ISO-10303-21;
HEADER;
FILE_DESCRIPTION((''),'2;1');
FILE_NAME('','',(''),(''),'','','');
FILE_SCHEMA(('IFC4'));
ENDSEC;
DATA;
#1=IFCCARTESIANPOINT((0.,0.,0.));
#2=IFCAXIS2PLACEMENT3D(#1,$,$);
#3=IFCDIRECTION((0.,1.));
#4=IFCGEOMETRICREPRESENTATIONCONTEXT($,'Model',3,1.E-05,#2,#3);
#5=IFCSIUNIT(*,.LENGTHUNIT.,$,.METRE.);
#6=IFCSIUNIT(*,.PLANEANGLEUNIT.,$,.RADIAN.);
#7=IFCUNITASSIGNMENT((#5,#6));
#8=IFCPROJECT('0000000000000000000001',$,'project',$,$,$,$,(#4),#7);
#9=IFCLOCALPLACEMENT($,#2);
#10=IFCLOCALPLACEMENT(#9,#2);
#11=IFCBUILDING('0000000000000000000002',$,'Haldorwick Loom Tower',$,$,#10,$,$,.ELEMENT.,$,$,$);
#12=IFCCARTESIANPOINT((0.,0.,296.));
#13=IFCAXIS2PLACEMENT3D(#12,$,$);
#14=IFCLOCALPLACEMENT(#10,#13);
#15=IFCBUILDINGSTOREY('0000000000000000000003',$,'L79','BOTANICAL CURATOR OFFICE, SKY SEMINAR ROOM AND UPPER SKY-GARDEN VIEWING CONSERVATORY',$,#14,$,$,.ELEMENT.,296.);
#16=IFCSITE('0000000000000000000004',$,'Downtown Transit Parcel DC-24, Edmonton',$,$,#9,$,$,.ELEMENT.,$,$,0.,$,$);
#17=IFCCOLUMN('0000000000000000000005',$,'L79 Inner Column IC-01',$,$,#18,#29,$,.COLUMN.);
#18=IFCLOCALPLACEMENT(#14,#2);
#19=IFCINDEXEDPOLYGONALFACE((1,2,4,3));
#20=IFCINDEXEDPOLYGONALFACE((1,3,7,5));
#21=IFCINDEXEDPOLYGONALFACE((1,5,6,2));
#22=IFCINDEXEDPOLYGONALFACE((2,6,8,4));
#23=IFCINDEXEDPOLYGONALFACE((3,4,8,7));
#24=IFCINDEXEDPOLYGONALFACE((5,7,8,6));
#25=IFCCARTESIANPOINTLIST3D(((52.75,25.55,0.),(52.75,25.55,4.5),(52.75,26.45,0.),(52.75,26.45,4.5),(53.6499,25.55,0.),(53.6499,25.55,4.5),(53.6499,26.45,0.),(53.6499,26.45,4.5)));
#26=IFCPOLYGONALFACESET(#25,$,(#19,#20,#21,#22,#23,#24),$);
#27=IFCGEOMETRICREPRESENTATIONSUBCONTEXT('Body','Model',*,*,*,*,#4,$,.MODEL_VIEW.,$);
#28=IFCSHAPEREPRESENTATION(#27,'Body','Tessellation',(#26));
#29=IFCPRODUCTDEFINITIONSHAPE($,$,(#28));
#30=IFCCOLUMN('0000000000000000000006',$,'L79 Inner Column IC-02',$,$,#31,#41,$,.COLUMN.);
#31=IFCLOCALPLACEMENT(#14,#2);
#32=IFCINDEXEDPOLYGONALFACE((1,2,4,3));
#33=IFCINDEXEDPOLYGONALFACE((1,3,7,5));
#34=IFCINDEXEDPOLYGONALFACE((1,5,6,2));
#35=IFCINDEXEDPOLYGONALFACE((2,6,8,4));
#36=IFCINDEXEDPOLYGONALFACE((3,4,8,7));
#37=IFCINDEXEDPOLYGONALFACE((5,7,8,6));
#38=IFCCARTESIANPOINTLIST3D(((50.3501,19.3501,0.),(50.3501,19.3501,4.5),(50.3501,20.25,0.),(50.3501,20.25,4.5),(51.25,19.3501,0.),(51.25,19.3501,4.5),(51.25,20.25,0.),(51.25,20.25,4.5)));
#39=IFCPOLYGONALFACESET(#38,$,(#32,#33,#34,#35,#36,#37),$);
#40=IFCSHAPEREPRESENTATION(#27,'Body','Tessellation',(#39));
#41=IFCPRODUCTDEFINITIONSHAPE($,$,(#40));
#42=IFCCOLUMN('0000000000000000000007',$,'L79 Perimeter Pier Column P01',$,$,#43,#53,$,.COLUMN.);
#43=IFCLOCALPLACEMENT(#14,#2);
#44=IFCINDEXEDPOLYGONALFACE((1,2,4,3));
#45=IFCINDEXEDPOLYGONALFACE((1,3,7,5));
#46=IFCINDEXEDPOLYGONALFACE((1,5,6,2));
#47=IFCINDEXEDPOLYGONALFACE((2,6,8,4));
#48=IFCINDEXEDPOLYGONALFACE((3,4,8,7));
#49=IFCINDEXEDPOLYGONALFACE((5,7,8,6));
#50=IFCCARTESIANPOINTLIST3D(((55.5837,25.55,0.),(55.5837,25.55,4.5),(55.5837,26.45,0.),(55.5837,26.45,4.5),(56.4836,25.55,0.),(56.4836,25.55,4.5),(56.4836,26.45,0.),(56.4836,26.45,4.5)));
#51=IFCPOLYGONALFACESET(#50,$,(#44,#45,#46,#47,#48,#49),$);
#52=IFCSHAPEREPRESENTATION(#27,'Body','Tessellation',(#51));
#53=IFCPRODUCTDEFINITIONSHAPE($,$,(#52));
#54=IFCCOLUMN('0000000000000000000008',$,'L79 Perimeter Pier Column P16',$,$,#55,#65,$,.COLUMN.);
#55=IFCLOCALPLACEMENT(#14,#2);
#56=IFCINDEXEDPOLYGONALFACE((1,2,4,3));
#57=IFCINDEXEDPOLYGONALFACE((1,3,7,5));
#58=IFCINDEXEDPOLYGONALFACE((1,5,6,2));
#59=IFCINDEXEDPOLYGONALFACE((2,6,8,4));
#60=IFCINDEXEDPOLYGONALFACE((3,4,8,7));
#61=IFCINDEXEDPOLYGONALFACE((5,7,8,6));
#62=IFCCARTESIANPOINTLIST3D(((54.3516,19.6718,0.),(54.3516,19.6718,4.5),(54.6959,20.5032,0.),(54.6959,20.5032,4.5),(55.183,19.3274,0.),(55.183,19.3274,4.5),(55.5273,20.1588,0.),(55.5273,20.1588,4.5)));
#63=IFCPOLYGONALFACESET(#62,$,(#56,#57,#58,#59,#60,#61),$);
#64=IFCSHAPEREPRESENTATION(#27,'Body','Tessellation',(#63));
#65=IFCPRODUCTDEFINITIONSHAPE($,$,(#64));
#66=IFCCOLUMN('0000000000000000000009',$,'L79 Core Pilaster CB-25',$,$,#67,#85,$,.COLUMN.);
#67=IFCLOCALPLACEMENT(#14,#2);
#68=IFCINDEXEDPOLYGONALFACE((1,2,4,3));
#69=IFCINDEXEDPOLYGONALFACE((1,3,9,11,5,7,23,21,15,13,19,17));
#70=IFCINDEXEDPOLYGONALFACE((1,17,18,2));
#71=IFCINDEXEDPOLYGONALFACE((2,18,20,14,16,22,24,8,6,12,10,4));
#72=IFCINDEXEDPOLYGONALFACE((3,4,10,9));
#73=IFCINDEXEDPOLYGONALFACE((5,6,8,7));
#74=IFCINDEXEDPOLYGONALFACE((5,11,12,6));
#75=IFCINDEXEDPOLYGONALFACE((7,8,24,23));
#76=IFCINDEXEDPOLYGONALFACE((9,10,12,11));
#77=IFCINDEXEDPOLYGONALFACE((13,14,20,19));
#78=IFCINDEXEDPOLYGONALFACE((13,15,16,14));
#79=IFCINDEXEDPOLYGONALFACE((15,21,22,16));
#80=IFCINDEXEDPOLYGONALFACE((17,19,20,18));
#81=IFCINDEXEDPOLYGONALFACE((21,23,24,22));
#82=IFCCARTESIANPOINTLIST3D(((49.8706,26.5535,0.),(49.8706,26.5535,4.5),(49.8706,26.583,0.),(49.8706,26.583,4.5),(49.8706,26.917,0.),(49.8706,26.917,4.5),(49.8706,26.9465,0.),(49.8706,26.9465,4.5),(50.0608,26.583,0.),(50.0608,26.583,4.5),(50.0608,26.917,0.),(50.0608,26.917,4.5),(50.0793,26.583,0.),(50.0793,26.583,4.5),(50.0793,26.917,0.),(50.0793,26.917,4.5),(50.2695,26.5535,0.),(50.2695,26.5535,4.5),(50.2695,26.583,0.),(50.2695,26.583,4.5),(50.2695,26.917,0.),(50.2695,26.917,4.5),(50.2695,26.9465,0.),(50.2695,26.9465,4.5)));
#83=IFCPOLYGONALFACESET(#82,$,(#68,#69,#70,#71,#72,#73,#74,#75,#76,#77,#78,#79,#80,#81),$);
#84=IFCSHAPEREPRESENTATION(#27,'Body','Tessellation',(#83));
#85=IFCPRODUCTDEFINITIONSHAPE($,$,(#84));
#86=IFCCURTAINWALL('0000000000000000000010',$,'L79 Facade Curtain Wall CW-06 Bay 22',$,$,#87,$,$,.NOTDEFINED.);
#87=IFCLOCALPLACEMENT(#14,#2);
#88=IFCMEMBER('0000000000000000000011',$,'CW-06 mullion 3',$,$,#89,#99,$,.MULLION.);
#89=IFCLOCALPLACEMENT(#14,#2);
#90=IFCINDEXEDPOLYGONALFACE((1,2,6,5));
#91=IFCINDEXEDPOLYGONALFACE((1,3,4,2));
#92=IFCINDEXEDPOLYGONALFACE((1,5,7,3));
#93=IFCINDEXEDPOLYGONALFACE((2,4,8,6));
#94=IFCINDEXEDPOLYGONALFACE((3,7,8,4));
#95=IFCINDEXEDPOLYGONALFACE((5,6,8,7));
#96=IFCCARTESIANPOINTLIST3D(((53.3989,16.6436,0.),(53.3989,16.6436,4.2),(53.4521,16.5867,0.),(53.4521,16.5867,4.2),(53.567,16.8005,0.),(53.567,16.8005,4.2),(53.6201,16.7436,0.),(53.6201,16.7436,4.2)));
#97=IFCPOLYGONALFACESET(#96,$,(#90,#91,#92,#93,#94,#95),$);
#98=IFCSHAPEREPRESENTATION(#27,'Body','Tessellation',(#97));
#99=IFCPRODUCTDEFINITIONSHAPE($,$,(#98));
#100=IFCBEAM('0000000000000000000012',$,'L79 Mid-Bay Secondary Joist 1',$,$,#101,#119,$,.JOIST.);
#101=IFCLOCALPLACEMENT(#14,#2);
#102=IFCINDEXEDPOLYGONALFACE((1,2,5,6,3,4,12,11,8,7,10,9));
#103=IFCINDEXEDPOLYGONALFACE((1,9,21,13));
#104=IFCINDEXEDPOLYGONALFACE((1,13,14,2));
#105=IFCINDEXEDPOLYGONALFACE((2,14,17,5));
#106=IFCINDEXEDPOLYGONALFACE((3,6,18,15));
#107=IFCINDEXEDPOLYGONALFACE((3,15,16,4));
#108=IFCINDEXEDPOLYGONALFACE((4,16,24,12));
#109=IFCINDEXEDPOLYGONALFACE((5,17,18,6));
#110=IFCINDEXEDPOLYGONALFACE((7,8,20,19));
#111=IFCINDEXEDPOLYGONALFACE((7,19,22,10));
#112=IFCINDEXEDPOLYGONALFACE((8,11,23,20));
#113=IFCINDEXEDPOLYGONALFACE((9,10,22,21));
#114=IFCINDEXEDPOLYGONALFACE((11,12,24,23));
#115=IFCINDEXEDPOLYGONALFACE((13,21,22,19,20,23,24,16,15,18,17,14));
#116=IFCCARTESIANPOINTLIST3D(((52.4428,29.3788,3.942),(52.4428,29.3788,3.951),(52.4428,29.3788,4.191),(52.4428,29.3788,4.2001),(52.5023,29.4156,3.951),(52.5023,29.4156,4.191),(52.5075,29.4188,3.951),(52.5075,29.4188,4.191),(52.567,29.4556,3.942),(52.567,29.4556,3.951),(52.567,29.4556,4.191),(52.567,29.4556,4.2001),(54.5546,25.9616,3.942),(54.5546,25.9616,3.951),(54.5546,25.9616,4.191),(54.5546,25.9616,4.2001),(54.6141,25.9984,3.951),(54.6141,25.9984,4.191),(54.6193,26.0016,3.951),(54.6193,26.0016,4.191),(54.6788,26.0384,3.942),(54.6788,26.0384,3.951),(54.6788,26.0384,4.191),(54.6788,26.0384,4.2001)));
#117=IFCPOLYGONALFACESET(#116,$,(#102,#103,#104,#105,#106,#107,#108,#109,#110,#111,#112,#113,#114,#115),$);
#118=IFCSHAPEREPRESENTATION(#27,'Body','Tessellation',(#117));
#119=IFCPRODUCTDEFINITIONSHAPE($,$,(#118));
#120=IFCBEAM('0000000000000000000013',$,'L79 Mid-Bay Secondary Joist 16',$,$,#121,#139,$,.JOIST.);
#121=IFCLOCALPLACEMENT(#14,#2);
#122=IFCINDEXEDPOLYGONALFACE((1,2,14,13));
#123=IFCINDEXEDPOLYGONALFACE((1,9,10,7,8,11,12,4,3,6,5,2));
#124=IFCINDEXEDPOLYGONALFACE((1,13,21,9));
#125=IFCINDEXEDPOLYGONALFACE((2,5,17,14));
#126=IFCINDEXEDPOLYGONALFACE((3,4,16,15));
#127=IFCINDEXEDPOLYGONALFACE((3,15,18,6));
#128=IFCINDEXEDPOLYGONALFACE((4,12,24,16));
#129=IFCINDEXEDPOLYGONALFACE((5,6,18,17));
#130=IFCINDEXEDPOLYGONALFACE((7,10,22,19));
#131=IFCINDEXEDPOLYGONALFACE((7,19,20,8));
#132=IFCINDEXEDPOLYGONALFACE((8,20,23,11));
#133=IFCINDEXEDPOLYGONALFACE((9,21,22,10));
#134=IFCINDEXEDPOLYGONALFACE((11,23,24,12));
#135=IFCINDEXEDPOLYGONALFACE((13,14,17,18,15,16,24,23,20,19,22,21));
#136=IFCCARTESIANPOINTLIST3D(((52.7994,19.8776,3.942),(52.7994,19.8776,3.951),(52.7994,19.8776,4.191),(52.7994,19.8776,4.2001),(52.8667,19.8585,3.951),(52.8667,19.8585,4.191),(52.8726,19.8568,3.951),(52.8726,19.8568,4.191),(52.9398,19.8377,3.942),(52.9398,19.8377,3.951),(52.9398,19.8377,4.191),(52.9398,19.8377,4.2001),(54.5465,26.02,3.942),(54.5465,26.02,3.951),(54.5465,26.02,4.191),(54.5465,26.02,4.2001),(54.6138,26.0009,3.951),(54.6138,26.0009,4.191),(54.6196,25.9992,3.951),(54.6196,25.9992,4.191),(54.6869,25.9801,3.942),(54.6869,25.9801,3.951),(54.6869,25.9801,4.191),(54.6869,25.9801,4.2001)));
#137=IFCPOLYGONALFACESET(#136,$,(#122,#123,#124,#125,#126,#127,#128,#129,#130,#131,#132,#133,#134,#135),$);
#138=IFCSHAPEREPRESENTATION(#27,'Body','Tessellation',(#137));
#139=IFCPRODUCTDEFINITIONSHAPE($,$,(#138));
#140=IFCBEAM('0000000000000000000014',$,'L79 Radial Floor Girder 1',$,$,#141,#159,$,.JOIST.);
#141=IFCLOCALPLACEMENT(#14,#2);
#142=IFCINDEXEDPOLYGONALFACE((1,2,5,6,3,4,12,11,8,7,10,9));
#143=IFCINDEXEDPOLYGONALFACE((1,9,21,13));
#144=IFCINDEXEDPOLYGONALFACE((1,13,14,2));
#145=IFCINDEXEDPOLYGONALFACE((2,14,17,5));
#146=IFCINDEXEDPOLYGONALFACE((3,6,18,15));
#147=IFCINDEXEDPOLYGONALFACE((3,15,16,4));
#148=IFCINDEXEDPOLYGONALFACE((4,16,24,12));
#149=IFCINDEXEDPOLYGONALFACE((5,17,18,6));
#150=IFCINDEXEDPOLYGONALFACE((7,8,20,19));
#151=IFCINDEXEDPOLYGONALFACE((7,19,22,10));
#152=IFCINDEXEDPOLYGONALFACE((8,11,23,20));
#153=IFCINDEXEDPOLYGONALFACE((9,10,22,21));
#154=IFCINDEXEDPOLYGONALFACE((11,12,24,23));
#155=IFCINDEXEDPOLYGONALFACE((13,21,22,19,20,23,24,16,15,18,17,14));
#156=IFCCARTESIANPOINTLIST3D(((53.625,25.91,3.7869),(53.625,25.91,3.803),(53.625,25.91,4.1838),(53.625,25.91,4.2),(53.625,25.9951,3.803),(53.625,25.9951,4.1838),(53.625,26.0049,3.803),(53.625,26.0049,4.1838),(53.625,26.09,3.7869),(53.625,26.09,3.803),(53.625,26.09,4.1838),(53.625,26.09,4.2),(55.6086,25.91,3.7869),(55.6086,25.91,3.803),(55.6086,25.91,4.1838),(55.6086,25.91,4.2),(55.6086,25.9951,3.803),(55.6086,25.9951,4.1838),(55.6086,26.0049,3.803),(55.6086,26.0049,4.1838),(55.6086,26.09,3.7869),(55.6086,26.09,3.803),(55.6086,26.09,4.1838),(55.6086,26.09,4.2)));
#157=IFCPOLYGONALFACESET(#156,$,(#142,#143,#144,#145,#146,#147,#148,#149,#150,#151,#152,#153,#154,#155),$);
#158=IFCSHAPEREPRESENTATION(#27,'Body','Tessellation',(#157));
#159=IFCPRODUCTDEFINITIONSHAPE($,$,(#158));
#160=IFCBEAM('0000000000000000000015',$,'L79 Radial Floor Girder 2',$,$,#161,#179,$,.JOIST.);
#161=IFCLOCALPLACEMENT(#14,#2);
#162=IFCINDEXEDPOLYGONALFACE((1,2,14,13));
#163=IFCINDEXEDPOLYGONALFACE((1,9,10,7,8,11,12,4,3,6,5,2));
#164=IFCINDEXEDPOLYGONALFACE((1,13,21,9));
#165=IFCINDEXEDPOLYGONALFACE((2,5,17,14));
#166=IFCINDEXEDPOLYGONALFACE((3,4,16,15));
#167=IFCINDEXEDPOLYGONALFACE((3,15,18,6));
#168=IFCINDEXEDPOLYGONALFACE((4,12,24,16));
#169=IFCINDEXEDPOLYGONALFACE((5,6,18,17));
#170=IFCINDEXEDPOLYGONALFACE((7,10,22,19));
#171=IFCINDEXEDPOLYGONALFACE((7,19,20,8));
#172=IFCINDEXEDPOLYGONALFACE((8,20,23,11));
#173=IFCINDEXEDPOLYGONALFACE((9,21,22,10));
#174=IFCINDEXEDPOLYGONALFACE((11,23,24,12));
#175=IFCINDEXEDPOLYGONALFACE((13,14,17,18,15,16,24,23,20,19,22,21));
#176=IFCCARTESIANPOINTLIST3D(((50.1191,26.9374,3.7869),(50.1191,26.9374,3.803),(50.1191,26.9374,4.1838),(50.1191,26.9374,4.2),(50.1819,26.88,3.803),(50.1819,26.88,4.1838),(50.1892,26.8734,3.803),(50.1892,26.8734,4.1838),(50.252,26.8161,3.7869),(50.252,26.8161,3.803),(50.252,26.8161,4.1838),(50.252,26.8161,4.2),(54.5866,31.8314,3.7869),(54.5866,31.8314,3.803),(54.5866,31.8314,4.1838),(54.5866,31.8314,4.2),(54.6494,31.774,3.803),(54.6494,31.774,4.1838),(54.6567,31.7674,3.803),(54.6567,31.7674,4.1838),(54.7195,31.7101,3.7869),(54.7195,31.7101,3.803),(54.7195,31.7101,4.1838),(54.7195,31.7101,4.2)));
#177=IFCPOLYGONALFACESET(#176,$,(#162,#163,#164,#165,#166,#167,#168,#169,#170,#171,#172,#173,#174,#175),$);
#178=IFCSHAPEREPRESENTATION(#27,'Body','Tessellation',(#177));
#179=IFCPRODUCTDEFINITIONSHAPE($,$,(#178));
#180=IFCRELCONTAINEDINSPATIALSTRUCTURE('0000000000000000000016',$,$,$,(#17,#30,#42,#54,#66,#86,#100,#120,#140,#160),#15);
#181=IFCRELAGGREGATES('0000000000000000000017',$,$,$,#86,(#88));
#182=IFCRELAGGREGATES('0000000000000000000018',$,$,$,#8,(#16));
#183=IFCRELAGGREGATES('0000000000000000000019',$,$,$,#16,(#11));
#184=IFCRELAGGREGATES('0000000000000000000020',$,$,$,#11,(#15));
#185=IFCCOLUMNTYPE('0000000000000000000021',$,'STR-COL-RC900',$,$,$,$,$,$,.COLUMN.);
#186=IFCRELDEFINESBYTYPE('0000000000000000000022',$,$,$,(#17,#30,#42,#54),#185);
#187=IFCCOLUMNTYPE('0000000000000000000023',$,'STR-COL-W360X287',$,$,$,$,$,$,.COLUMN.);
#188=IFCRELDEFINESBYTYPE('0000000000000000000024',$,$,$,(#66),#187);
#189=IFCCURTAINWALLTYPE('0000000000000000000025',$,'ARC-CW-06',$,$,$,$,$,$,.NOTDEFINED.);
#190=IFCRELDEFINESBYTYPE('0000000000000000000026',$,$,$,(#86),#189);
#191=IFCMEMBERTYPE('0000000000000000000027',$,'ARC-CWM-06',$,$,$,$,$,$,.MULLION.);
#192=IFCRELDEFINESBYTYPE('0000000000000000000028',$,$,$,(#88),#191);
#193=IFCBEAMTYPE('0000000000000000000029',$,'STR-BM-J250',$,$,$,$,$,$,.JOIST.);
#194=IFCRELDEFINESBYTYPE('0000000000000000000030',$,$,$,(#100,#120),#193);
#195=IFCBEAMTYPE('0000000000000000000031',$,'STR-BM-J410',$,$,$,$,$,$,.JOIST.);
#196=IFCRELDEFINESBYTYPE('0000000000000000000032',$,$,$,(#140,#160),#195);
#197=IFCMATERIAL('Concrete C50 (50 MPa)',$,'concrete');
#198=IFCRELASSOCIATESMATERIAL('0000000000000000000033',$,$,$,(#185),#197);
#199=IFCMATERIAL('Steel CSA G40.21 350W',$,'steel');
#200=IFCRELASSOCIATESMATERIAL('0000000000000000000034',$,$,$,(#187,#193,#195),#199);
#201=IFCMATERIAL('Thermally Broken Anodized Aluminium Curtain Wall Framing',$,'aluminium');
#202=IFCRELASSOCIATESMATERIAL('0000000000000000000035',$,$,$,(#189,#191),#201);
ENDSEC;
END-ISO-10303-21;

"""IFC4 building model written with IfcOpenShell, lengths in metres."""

from ifc_helpers import new_model, si_unit, direction, frame, origin, origin_2d, place, context, subcontext, project, spatial, rectangle, i_section, extrude, material, material_profile, profile_set, type_object, element, aggregate, save


model = new_model("IFC4")

# Units and contexts
model_context = context("Model", 3, precision=1e-05, world=origin(), true_north=direction((0.0, 1.0)))
body_context = subcontext(model_context, "Body", "Model", "MODEL_VIEW")
ifc_project = project(units=[si_unit("LENGTHUNIT", "METRE"), si_unit("PLANEANGLEUNIT", "RADIAN")], contexts=[model_context])

# Site, building, storey
site_placement = place(None, origin())
site = spatial("IfcSite", under=ifc_project, at=site_placement, Name="Downtown Transit Parcel DC-24, Edmonton", CompositionType="ELEMENT", RefElevation=0.0)
building_placement = place(site_placement, origin())
building = spatial("IfcBuilding", under=site, at=building_placement, Name="Haldorwick Loom Tower", CompositionType="ELEMENT")
storey_placement = place(building_placement, frame((0.0, 0.0, 296.0)))
storey = spatial("IfcBuildingStorey", under=building, at=storey_placement, Name="L79", Description="BOTANICAL CURATOR OFFICE, SKY SEMINAR ROOM AND UPPER SKY-GARDEN VIEWING CONSERVATORY", CompositionType="ELEMENT", Elevation=296.0)

# Columns
ifc_material_1 = material(Name="Concrete C50 (50 MPa)", Category="concrete")
ifc_material_profile_1 = material_profile(ifc_material_1, rectangle(XDim=0.8999, YDim=0.8999, at=origin_2d()), Name="RC900X900", Category="concrete")
ifc_profile_set_1 = profile_set([ifc_material_profile_1], Name="Concrete C50 (50 MPa)")
column_type_1 = type_object("IfcColumnType", Name="STR-COL-RC900", PredefinedType="COLUMN", material=ifc_profile_set_1)
for number, where, z_axis, x_axis, name in (
    (1, (53.2, 26.0, 0.0), (0.0, 0.0, 1.0), (1.0, 0.0, 0.0), "L79 Inner Column IC-01"),
    (2, (50.8, 19.8, 0.0), (0.0, 0.0, 1.0), (1.0, 0.0, 0.0), "L79 Inner Column IC-02"),
    (3, (56.0337, 26.0, 0.0), (0.0, 0.0, 1.0), (1.0, 0.0, 0.0), "L79 Perimeter Pier Column P01"),
    (4, (54.9395, 19.9153, 0.0), (0.0, 0.0, 1.0), (0.92388, -0.382683, 0.0), "L79 Perimeter Pier Column P16"),
):
    element("IfcColumn", number, at=place(storey_placement, frame(where, z_axis=z_axis, x_axis=x_axis)), inside=storey, type_object=column_type_1, Name=name, PredefinedType="COLUMN", context=body_context, shape_type="SweptSolid", body=[
        extrude(rectangle(XDim=0.8999, YDim=0.8999, at=origin_2d()), origin(), (0.0, 0.0, 1.0), 4.5),
    ])
ifc_material_2 = material(Name="Steel CSA G40.21 350W", Category="steel")
ifc_material_profile_2 = material_profile(ifc_material_2, i_section(OverallWidth=0.3989, OverallDepth=0.3931, WebThickness=0.0186, FlangeThickness=0.0295, at=origin_2d()), Name="W360X287", Category="steel")
ifc_profile_set_2 = profile_set([ifc_material_profile_2], Name="Steel CSA G40.21 350W")
column_type_2 = type_object("IfcColumnType", Name="STR-COL-W360X287", PredefinedType="COLUMN", material=ifc_profile_set_2)
column_placement = place(storey_placement, frame((50.0701, 26.75, 0.0), z_axis=(0.0, 0.0, 1.0), x_axis=(1.0, 0.0, 0.0)))
element("IfcColumn", 5, at=column_placement, inside=storey, type_object=column_type_2, Name="L79 Core Pilaster CB-25", PredefinedType="COLUMN", context=body_context, shape_type="SweptSolid", body=[
    extrude(i_section(OverallWidth=0.3989, OverallDepth=0.3931, WebThickness=0.0186, FlangeThickness=0.0295, at=origin_2d()), origin(), (0.0, 0.0, 1.0), 4.5),
])

# Curtain wall, member
ifc_material_3 = material(Name="Thermally Broken Anodized Aluminium Curtain Wall Framing", Category="aluminium")
curtain_wall_type = type_object("IfcCurtainWallType", Name="ARC-CW-06", PredefinedType="NOTDEFINED", material=ifc_material_3)
curtain_wall_placement = place(storey_placement, origin())
curtain_wall = element("IfcCurtainWall", 6, at=curtain_wall_placement, inside=storey, type_object=curtain_wall_type, Name="L79 Facade Curtain Wall CW-06 Bay 22", PredefinedType="NOTDEFINED")
ifc_material_profile_3 = material_profile(ifc_material_3, rectangle(XDim=0.0779, YDim=0.23, at=origin_2d()), Name="ALU_MUL_78X230", Category="aluminium")
ifc_profile_set_3 = profile_set([ifc_material_profile_3], Name="Thermally Broken Anodized Aluminium Curtain Wall Framing")
member_type = type_object("IfcMemberType", Name="ARC-CWM-06", PredefinedType="MULLION", material=ifc_profile_set_3)
member_placement = place(storey_placement, frame((53.5095, 16.6936, 0.0), z_axis=(0.0, 0.0, 1.0), x_axis=(-0.682499, 0.730886, 0.0)))
member = element("IfcMember", 7, at=member_placement, type_object=member_type, Name="CW-06 mullion 3", PredefinedType="MULLION", context=body_context, shape_type="SweptSolid", body=[
    extrude(rectangle(XDim=0.0779, YDim=0.23, at=origin_2d()), origin(), (0.0, 0.0, 1.0), 4.2),
])

# Beams
ifc_material_profile_4 = material_profile(ifc_material_2, i_section(OverallWidth=0.146, OverallDepth=0.2581, WebThickness=0.0061, FlangeThickness=0.009, at=origin_2d()), Name="W250X33", Category="steel")
ifc_profile_set_4 = profile_set([ifc_material_profile_4], Name="Steel CSA G40.21 350W")
beam_type_1 = type_object("IfcBeamType", Name="STR-BM-J250", PredefinedType="JOIST", material=ifc_profile_set_4)
beam_1_placement = place(storey_placement, frame((54.6167, 26.0, 4.071), z_axis=(-0.525704, 0.850668, 0.0), x_axis=(-0.850668, -0.525704, 0.0)))
element("IfcBeam", 8, at=beam_1_placement, inside=storey, type_object=beam_type_1, Name="L79 Mid-Bay Secondary Joist 1", PredefinedType="JOIST", context=body_context, shape_type="SweptSolid", body=[
    extrude(i_section(OverallWidth=0.146, OverallDepth=0.2581, WebThickness=0.0061, FlangeThickness=0.009, at=origin_2d()), origin(), (0.0, 0.0, 1.0), 4.0171),
])
beam_2_placement = place(storey_placement, frame((52.8696, 19.8577, 4.071), z_axis=(0.27358, 0.961849, 0.0), x_axis=(-0.961849, 0.27358, 0.0)))
element("IfcBeam", 9, at=beam_2_placement, inside=storey, type_object=beam_type_1, Name="L79 Mid-Bay Secondary Joist 16", PredefinedType="JOIST", context=body_context, shape_type="SweptSolid", body=[
    extrude(i_section(OverallWidth=0.146, OverallDepth=0.2581, WebThickness=0.0061, FlangeThickness=0.009, at=origin_2d()), origin(), (0.0, 0.0, 1.0), 6.386),
])
ifc_material_profile_5 = material_profile(ifc_material_2, i_section(OverallWidth=0.1799, OverallDepth=0.4131, WebThickness=0.0098, FlangeThickness=0.0161, at=origin_2d()), Name="W410X74", Category="steel")
ifc_profile_set_5 = profile_set([ifc_material_profile_5], Name="Steel CSA G40.21 350W")
beam_type_2 = type_object("IfcBeamType", Name="STR-BM-J410", PredefinedType="JOIST", material=ifc_profile_set_5)
beam_3_placement = place(storey_placement, frame((53.625, 26.0, 3.9934), z_axis=(1.0, 0.0, 0.0), x_axis=(0.0, 1.0, 0.0)))
element("IfcBeam", 10, at=beam_3_placement, inside=storey, type_object=beam_type_2, Name="L79 Radial Floor Girder 1", PredefinedType="JOIST", context=body_context, shape_type="SweptSolid", body=[
    extrude(i_section(OverallWidth=0.1799, OverallDepth=0.4131, WebThickness=0.0098, FlangeThickness=0.0161, at=origin_2d()), origin(), (0.0, 0.0, 1.0), 1.9836),
])
beam_4_placement = place(storey_placement, frame((50.1855, 26.8767, 3.9934), z_axis=(0.674192, 0.738556, 0.0), x_axis=(-0.738556, 0.674192, 0.0)))
element("IfcBeam", 11, at=beam_4_placement, inside=storey, type_object=beam_type_2, Name="L79 Radial Floor Girder 2", PredefinedType="JOIST", context=body_context, shape_type="SweptSolid", body=[
    extrude(i_section(OverallWidth=0.1799, OverallDepth=0.4131, WebThickness=0.0098, FlangeThickness=0.0161, at=origin_2d()), origin(), (0.0, 0.0, 1.0), 6.6265),
])

aggregate(curtain_wall, [member])

save(model, "model.ifc")
